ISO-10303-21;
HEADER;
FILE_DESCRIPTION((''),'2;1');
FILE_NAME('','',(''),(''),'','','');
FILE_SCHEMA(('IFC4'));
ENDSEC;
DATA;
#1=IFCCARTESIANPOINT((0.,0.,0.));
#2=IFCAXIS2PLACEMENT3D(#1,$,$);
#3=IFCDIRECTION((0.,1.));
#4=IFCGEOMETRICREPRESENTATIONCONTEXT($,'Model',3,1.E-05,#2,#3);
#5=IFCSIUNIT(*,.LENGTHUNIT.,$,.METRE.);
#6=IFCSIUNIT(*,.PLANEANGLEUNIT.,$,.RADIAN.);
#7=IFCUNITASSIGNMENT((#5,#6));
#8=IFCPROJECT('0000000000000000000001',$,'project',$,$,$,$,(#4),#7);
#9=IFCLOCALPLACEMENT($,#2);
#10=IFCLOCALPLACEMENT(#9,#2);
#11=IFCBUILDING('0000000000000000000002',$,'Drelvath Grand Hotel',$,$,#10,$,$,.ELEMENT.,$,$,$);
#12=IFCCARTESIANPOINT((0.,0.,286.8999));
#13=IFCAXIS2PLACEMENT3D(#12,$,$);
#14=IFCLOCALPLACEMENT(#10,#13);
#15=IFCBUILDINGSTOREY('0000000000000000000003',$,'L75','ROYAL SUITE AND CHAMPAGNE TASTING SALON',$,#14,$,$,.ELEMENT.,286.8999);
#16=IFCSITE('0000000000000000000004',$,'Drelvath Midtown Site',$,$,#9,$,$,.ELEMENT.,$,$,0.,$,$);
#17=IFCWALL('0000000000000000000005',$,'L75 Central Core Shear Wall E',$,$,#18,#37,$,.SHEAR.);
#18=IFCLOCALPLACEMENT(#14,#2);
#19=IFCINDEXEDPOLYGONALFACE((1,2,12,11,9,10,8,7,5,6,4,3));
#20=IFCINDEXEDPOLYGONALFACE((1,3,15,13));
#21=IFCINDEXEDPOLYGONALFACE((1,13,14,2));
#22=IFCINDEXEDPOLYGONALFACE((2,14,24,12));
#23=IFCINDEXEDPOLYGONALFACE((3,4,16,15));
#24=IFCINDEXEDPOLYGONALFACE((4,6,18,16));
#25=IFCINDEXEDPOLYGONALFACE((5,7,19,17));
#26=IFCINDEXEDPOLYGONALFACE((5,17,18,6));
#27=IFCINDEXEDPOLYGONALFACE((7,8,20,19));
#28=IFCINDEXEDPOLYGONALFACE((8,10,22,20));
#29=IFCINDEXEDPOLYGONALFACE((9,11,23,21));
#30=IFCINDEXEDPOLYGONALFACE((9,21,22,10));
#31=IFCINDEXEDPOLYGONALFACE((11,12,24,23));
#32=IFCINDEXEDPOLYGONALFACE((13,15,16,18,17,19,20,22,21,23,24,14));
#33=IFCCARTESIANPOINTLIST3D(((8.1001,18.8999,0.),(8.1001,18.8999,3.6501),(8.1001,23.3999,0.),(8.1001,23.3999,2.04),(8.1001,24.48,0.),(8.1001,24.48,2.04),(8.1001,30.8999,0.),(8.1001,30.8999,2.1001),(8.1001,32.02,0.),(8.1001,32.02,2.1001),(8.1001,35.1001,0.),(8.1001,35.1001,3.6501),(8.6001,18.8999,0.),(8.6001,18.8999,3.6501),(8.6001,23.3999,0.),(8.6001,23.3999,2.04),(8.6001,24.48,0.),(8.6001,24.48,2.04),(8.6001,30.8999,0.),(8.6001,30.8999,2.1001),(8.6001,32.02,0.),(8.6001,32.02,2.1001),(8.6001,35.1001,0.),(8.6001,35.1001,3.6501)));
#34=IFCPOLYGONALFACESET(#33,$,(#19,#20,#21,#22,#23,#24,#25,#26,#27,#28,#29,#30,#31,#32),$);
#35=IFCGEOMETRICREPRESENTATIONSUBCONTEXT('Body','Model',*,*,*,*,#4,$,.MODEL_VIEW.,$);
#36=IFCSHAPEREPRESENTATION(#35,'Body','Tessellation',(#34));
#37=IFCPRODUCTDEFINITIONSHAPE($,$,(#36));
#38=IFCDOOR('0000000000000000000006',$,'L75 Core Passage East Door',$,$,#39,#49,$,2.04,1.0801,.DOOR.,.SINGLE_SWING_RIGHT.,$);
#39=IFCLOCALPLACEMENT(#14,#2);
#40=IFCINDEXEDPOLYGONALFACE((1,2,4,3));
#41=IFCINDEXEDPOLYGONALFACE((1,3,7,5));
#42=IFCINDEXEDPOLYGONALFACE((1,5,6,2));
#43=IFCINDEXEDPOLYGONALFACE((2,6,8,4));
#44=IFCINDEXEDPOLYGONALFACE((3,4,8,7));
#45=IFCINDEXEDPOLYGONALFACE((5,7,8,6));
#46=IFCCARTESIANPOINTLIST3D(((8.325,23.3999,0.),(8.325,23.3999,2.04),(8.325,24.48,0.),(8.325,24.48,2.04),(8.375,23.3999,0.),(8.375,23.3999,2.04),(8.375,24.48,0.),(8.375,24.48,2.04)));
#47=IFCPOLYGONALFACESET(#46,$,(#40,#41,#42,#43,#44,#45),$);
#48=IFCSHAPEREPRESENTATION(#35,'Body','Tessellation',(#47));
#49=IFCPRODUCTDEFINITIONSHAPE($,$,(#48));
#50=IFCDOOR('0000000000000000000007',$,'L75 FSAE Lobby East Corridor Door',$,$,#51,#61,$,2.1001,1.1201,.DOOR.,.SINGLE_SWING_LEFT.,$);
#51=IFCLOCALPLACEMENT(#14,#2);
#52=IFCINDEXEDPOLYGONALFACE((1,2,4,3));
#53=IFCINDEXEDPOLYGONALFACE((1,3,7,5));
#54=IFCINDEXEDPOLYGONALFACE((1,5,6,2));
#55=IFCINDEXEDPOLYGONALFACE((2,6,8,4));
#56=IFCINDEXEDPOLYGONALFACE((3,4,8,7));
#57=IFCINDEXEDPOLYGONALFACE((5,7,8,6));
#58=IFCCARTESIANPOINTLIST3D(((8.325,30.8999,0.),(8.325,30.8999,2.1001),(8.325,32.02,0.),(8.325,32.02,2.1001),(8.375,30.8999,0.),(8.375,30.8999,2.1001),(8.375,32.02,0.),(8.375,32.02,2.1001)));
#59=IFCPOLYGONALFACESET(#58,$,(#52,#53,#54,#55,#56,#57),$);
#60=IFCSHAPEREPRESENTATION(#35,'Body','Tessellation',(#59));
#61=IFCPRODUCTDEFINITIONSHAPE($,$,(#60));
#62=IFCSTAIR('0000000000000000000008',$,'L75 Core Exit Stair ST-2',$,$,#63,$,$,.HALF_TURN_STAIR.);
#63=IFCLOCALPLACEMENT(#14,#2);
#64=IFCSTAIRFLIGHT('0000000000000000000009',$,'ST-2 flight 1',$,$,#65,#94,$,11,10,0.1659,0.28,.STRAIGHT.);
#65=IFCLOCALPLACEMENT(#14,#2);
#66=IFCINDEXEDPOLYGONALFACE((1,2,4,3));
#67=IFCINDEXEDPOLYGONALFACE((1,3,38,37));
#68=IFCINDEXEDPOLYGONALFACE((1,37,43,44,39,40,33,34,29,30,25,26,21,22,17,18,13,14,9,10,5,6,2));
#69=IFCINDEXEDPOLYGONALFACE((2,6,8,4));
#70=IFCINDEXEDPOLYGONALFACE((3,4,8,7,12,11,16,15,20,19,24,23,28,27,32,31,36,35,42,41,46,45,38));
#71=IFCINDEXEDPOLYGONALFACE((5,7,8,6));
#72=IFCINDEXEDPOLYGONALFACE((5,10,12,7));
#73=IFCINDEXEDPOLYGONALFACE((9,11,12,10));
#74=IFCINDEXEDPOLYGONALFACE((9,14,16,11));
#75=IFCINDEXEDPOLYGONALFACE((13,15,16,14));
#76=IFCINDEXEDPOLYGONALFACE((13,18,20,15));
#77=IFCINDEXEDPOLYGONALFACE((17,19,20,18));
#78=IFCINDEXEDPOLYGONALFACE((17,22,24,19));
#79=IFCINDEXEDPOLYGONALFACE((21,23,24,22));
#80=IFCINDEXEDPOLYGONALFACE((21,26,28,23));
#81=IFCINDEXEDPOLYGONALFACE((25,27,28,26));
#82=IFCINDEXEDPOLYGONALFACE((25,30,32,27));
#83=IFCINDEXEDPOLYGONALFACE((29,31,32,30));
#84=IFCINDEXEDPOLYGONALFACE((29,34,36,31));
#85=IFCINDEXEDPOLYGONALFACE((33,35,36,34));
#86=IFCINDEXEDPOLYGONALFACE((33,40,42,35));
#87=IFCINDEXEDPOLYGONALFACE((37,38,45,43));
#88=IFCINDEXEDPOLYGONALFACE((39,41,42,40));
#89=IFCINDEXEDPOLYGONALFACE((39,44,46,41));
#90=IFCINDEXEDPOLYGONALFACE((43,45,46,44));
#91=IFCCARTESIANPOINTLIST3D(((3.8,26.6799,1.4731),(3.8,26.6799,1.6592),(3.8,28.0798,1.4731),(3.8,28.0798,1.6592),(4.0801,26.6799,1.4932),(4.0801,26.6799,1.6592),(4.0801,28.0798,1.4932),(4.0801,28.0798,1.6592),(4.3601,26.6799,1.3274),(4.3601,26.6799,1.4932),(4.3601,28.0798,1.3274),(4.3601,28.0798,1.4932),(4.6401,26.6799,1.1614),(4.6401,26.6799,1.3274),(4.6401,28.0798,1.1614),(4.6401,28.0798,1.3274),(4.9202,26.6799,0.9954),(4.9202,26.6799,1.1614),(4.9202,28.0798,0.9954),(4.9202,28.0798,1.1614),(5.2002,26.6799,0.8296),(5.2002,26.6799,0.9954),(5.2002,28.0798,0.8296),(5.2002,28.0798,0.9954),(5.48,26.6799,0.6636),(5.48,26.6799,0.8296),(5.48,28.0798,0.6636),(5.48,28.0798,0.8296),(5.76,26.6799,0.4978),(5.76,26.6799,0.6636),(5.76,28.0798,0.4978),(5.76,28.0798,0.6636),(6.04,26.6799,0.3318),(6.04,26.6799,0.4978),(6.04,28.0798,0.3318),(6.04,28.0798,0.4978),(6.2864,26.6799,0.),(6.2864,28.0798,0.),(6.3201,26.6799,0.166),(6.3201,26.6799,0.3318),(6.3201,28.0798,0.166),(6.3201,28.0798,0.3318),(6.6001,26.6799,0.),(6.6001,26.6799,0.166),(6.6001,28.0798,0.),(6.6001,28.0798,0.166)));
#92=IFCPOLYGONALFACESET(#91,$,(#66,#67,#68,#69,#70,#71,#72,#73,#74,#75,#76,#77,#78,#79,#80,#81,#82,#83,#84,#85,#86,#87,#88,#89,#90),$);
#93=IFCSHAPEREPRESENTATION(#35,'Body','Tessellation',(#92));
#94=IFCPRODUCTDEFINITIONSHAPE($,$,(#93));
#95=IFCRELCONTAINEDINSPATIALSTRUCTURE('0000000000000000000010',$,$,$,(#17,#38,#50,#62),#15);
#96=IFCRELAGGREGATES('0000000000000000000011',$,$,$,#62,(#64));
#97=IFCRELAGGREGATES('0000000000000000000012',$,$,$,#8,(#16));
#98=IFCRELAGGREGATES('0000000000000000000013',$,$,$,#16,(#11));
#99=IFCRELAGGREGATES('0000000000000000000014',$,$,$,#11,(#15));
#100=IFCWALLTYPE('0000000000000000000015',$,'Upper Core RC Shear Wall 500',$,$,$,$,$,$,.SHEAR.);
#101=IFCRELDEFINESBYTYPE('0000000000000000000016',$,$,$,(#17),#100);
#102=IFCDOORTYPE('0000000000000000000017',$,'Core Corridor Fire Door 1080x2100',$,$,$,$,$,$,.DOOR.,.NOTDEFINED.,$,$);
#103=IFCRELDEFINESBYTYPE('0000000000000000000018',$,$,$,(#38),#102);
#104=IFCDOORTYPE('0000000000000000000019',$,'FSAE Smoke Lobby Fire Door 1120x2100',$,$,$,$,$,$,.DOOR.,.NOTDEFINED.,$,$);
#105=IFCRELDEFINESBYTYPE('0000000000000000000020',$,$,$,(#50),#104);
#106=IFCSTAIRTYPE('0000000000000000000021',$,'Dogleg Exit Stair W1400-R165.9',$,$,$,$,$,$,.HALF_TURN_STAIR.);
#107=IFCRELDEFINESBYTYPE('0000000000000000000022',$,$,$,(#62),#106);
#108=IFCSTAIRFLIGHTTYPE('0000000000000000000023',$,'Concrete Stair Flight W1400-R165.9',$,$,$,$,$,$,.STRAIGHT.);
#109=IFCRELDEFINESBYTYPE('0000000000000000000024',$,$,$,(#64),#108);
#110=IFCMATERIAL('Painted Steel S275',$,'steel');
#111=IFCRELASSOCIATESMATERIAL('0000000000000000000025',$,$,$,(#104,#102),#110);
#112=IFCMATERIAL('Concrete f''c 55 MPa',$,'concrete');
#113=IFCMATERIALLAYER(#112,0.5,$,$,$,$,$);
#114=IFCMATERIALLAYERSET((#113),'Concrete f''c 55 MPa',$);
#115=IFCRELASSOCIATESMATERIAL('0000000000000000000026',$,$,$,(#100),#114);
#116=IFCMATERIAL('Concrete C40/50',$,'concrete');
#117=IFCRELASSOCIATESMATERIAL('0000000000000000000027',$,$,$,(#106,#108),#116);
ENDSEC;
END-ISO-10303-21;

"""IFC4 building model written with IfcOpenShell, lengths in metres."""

from ifc_helpers import new_model, si_unit, direction, frame, frame_2d, origin, place, context, subcontext, project, spatial, polyline, rectangle, outline, extrude, material, layer, layer_set, type_object, element, fill, aggregate, save


model = new_model("IFC4")

# Units and contexts
model_context = context("Model", 3, precision=1e-05, world=origin(), true_north=direction((0.0, 1.0)))
body_context = subcontext(model_context, "Body", "Model", "MODEL_VIEW")
ifc_project = project(units=[si_unit("LENGTHUNIT", "METRE"), si_unit("PLANEANGLEUNIT", "RADIAN")], contexts=[model_context])

# Site, building, storey
site_placement = place(None, origin())
site = spatial("IfcSite", under=ifc_project, at=site_placement, Name="Drelvath Midtown Site", CompositionType="ELEMENT", RefElevation=0.0)
building_placement = place(site_placement, origin())
building = spatial("IfcBuilding", under=site, at=building_placement, Name="Drelvath Grand Hotel", CompositionType="ELEMENT")
storey_placement = place(building_placement, frame((0.0, 0.0, 286.8999)))
storey = spatial("IfcBuildingStorey", under=building, at=storey_placement, Name="L75", Description="ROYAL SUITE AND CHAMPAGNE TASTING SALON", CompositionType="ELEMENT", Elevation=286.8999)

# Shared definitions
ifc_material_1 = material(Name="Concrete f'c 55 MPa", Category="concrete")

# Shared definitions
ifc_material_2 = material(Name="Concrete C40/50", Category="concrete")

# Shared definitions
ifc_material_3 = material(Name="Painted Steel S275", Category="steel")

# Shared definitions
door_type_1 = type_object("IfcDoorType", Name="FSAE Smoke Lobby Fire Door 1120x2100", OperationType="NOTDEFINED", PredefinedType="DOOR", material=ifc_material_3)

# Wall, openings, doors
ifc_layer_1 = layer(ifc_material_1, 0.5)
ifc_layer_set_1 = layer_set([ifc_layer_1], Name="Concrete f'c 55 MPa")
wall_type_1 = type_object("IfcWallType", Name="Upper Core RC Shear Wall 500", PredefinedType="SHEAR", material=ifc_layer_set_1)
wall_1_placement = place(storey_placement, frame((8.3501, 35.1001, 0.0), z_axis=(0.0, 0.0, 1.0), x_axis=(0.0, -1.0, 0.0)))
wall_1 = element("IfcWall", 1, at=wall_1_placement, inside=storey, type_object=wall_type_1, Name="L75 Central Core Shear Wall E", PredefinedType="SHEAR", context=body_context, shape_type="SweptSolid", body=[
    extrude(rectangle(XDim=16.2002, YDim=0.5, at=frame_2d((8.1001, 0.0))), origin(), (0.0, 0.0, 1.0), 3.6501),
])
opening_1_placement = place(wall_1_placement, frame((3.0801, 0.0, 0.0)))
opening_1 = element("IfcOpeningElement", 2, at=opening_1_placement, cuts=wall_1, PredefinedType="OPENING", context=body_context, shape_type="SweptSolid", body=[
    extrude(rectangle(XDim=1.1201, YDim=2.1001, at=frame_2d((0.5601, 1.05))), frame((0.0, 0.26, 0.0), z_axis=(0.0, -1.0, 0.0), x_axis=(1.0, 0.0, 0.0)), (0.0, 0.0, 1.0), 0.52),
])
opening_2_placement = place(wall_1_placement, frame((10.6201, 0.0, 0.0)))
opening_2 = element("IfcOpeningElement", 3, at=opening_2_placement, cuts=wall_1, PredefinedType="OPENING", context=body_context, shape_type="SweptSolid", body=[
    extrude(rectangle(XDim=1.0801, YDim=2.04, at=frame_2d((0.54, 1.02))), frame((0.0, 0.26, 0.0), z_axis=(0.0, -1.0, 0.0), x_axis=(1.0, 0.0, 0.0)), (0.0, 0.0, 1.0), 0.52),
])
door_type_2 = type_object("IfcDoorType", Name="Core Corridor Fire Door 1080x2100", OperationType="NOTDEFINED", PredefinedType="DOOR", material=ifc_material_3)
door_1_placement = place(opening_2_placement, origin())
door_1 = element("IfcDoor", 4, at=door_1_placement, inside=storey, type_object=door_type_2, Name="L75 Core Passage East Door", OperationType="SINGLE_SWING_RIGHT", OverallHeight=2.04, OverallWidth=1.0801, PredefinedType="DOOR", context=body_context, shape_type="SweptSolid", body=[
    extrude(rectangle(XDim=1.0801, YDim=2.04, at=frame_2d((0.54, 1.02))), frame((0.0, 0.0249, 0.0), z_axis=(0.0, -1.0, 0.0), x_axis=(1.0, 0.0, 0.0)), (0.0, 0.0, 1.0), 0.05),
])
fill(opening_2, door_1)
door_2_placement = place(opening_1_placement, origin())
door_2 = element("IfcDoor", 5, at=door_2_placement, inside=storey, type_object=door_type_1, Name="L75 FSAE Lobby East Corridor Door", OperationType="SINGLE_SWING_LEFT", OverallHeight=2.1001, OverallWidth=1.1201, PredefinedType="DOOR", context=body_context, shape_type="SweptSolid", body=[
    extrude(rectangle(XDim=1.1201, YDim=2.1001, at=frame_2d((0.5601, 1.05))), frame((0.0, 0.0249, 0.0), z_axis=(0.0, -1.0, 0.0), x_axis=(1.0, 0.0, 0.0)), (0.0, 0.0, 1.0), 0.05),
])
fill(opening_1, door_2)

# Stair, stair flight
stair_type = type_object("IfcStairType", Name="Dogleg Exit Stair W1400-R165.9", PredefinedType="HALF_TURN_STAIR", material=ifc_material_2)
stair_placement = place(storey_placement, origin())
stair = element("IfcStair", 6, at=stair_placement, inside=storey, type_object=stair_type, Name="L75 Core Exit Stair ST-2", PredefinedType="HALF_TURN_STAIR")
stair_flight_type = type_object("IfcStairFlightType", Name="Concrete Stair Flight W1400-R165.9", PredefinedType="STRAIGHT", material=ifc_material_2)
stair_flight_placement = place(storey_placement, frame((6.6001, 27.3799, 0.0), z_axis=(0.0, 0.0, 1.0), x_axis=(-1.0, 0.0, 0.0)))
stair_flight = element("IfcStairFlight", 7, at=stair_flight_placement, type_object=stair_flight_type, Name="ST-2 flight 1", NumberOfRisers=11, NumberOfTreads=10, PredefinedType="STRAIGHT", RiserHeight=0.1659, TreadLength=0.28, context=body_context, shape_type="SweptSolid", body=[
    extrude(outline(polyline([(0.0, 0.0), (0.0, 0.166), (0.28, 0.166), (0.28, 0.3318), (0.5601, 0.3318), (0.5601, 0.4978), (0.8401, 0.4978), (0.8401, 0.6636), (1.1201, 0.6636), (1.1201, 0.8296), (1.3999, 0.8296), (1.3999, 0.9954), (1.6799, 0.9954), (1.6799, 1.1614), (1.96, 1.1614), (1.96, 1.3274), (2.24, 1.3274), (2.24, 1.4932), (2.52, 1.4932), (2.52, 1.6592), (2.8, 1.6592), (2.8, 1.825), (2.8, 1.4731), (0.3137, 0.0), (0.0, 0.0)])), frame((0.0, 0.7, 0.0), z_axis=(0.0, -1.0, 0.0), x_axis=(1.0, 0.0, 0.0)), (0.0, 0.0, 1.0), 1.3999),
])
aggregate(stair, [stair_flight])

save(model, "model.ifc")
